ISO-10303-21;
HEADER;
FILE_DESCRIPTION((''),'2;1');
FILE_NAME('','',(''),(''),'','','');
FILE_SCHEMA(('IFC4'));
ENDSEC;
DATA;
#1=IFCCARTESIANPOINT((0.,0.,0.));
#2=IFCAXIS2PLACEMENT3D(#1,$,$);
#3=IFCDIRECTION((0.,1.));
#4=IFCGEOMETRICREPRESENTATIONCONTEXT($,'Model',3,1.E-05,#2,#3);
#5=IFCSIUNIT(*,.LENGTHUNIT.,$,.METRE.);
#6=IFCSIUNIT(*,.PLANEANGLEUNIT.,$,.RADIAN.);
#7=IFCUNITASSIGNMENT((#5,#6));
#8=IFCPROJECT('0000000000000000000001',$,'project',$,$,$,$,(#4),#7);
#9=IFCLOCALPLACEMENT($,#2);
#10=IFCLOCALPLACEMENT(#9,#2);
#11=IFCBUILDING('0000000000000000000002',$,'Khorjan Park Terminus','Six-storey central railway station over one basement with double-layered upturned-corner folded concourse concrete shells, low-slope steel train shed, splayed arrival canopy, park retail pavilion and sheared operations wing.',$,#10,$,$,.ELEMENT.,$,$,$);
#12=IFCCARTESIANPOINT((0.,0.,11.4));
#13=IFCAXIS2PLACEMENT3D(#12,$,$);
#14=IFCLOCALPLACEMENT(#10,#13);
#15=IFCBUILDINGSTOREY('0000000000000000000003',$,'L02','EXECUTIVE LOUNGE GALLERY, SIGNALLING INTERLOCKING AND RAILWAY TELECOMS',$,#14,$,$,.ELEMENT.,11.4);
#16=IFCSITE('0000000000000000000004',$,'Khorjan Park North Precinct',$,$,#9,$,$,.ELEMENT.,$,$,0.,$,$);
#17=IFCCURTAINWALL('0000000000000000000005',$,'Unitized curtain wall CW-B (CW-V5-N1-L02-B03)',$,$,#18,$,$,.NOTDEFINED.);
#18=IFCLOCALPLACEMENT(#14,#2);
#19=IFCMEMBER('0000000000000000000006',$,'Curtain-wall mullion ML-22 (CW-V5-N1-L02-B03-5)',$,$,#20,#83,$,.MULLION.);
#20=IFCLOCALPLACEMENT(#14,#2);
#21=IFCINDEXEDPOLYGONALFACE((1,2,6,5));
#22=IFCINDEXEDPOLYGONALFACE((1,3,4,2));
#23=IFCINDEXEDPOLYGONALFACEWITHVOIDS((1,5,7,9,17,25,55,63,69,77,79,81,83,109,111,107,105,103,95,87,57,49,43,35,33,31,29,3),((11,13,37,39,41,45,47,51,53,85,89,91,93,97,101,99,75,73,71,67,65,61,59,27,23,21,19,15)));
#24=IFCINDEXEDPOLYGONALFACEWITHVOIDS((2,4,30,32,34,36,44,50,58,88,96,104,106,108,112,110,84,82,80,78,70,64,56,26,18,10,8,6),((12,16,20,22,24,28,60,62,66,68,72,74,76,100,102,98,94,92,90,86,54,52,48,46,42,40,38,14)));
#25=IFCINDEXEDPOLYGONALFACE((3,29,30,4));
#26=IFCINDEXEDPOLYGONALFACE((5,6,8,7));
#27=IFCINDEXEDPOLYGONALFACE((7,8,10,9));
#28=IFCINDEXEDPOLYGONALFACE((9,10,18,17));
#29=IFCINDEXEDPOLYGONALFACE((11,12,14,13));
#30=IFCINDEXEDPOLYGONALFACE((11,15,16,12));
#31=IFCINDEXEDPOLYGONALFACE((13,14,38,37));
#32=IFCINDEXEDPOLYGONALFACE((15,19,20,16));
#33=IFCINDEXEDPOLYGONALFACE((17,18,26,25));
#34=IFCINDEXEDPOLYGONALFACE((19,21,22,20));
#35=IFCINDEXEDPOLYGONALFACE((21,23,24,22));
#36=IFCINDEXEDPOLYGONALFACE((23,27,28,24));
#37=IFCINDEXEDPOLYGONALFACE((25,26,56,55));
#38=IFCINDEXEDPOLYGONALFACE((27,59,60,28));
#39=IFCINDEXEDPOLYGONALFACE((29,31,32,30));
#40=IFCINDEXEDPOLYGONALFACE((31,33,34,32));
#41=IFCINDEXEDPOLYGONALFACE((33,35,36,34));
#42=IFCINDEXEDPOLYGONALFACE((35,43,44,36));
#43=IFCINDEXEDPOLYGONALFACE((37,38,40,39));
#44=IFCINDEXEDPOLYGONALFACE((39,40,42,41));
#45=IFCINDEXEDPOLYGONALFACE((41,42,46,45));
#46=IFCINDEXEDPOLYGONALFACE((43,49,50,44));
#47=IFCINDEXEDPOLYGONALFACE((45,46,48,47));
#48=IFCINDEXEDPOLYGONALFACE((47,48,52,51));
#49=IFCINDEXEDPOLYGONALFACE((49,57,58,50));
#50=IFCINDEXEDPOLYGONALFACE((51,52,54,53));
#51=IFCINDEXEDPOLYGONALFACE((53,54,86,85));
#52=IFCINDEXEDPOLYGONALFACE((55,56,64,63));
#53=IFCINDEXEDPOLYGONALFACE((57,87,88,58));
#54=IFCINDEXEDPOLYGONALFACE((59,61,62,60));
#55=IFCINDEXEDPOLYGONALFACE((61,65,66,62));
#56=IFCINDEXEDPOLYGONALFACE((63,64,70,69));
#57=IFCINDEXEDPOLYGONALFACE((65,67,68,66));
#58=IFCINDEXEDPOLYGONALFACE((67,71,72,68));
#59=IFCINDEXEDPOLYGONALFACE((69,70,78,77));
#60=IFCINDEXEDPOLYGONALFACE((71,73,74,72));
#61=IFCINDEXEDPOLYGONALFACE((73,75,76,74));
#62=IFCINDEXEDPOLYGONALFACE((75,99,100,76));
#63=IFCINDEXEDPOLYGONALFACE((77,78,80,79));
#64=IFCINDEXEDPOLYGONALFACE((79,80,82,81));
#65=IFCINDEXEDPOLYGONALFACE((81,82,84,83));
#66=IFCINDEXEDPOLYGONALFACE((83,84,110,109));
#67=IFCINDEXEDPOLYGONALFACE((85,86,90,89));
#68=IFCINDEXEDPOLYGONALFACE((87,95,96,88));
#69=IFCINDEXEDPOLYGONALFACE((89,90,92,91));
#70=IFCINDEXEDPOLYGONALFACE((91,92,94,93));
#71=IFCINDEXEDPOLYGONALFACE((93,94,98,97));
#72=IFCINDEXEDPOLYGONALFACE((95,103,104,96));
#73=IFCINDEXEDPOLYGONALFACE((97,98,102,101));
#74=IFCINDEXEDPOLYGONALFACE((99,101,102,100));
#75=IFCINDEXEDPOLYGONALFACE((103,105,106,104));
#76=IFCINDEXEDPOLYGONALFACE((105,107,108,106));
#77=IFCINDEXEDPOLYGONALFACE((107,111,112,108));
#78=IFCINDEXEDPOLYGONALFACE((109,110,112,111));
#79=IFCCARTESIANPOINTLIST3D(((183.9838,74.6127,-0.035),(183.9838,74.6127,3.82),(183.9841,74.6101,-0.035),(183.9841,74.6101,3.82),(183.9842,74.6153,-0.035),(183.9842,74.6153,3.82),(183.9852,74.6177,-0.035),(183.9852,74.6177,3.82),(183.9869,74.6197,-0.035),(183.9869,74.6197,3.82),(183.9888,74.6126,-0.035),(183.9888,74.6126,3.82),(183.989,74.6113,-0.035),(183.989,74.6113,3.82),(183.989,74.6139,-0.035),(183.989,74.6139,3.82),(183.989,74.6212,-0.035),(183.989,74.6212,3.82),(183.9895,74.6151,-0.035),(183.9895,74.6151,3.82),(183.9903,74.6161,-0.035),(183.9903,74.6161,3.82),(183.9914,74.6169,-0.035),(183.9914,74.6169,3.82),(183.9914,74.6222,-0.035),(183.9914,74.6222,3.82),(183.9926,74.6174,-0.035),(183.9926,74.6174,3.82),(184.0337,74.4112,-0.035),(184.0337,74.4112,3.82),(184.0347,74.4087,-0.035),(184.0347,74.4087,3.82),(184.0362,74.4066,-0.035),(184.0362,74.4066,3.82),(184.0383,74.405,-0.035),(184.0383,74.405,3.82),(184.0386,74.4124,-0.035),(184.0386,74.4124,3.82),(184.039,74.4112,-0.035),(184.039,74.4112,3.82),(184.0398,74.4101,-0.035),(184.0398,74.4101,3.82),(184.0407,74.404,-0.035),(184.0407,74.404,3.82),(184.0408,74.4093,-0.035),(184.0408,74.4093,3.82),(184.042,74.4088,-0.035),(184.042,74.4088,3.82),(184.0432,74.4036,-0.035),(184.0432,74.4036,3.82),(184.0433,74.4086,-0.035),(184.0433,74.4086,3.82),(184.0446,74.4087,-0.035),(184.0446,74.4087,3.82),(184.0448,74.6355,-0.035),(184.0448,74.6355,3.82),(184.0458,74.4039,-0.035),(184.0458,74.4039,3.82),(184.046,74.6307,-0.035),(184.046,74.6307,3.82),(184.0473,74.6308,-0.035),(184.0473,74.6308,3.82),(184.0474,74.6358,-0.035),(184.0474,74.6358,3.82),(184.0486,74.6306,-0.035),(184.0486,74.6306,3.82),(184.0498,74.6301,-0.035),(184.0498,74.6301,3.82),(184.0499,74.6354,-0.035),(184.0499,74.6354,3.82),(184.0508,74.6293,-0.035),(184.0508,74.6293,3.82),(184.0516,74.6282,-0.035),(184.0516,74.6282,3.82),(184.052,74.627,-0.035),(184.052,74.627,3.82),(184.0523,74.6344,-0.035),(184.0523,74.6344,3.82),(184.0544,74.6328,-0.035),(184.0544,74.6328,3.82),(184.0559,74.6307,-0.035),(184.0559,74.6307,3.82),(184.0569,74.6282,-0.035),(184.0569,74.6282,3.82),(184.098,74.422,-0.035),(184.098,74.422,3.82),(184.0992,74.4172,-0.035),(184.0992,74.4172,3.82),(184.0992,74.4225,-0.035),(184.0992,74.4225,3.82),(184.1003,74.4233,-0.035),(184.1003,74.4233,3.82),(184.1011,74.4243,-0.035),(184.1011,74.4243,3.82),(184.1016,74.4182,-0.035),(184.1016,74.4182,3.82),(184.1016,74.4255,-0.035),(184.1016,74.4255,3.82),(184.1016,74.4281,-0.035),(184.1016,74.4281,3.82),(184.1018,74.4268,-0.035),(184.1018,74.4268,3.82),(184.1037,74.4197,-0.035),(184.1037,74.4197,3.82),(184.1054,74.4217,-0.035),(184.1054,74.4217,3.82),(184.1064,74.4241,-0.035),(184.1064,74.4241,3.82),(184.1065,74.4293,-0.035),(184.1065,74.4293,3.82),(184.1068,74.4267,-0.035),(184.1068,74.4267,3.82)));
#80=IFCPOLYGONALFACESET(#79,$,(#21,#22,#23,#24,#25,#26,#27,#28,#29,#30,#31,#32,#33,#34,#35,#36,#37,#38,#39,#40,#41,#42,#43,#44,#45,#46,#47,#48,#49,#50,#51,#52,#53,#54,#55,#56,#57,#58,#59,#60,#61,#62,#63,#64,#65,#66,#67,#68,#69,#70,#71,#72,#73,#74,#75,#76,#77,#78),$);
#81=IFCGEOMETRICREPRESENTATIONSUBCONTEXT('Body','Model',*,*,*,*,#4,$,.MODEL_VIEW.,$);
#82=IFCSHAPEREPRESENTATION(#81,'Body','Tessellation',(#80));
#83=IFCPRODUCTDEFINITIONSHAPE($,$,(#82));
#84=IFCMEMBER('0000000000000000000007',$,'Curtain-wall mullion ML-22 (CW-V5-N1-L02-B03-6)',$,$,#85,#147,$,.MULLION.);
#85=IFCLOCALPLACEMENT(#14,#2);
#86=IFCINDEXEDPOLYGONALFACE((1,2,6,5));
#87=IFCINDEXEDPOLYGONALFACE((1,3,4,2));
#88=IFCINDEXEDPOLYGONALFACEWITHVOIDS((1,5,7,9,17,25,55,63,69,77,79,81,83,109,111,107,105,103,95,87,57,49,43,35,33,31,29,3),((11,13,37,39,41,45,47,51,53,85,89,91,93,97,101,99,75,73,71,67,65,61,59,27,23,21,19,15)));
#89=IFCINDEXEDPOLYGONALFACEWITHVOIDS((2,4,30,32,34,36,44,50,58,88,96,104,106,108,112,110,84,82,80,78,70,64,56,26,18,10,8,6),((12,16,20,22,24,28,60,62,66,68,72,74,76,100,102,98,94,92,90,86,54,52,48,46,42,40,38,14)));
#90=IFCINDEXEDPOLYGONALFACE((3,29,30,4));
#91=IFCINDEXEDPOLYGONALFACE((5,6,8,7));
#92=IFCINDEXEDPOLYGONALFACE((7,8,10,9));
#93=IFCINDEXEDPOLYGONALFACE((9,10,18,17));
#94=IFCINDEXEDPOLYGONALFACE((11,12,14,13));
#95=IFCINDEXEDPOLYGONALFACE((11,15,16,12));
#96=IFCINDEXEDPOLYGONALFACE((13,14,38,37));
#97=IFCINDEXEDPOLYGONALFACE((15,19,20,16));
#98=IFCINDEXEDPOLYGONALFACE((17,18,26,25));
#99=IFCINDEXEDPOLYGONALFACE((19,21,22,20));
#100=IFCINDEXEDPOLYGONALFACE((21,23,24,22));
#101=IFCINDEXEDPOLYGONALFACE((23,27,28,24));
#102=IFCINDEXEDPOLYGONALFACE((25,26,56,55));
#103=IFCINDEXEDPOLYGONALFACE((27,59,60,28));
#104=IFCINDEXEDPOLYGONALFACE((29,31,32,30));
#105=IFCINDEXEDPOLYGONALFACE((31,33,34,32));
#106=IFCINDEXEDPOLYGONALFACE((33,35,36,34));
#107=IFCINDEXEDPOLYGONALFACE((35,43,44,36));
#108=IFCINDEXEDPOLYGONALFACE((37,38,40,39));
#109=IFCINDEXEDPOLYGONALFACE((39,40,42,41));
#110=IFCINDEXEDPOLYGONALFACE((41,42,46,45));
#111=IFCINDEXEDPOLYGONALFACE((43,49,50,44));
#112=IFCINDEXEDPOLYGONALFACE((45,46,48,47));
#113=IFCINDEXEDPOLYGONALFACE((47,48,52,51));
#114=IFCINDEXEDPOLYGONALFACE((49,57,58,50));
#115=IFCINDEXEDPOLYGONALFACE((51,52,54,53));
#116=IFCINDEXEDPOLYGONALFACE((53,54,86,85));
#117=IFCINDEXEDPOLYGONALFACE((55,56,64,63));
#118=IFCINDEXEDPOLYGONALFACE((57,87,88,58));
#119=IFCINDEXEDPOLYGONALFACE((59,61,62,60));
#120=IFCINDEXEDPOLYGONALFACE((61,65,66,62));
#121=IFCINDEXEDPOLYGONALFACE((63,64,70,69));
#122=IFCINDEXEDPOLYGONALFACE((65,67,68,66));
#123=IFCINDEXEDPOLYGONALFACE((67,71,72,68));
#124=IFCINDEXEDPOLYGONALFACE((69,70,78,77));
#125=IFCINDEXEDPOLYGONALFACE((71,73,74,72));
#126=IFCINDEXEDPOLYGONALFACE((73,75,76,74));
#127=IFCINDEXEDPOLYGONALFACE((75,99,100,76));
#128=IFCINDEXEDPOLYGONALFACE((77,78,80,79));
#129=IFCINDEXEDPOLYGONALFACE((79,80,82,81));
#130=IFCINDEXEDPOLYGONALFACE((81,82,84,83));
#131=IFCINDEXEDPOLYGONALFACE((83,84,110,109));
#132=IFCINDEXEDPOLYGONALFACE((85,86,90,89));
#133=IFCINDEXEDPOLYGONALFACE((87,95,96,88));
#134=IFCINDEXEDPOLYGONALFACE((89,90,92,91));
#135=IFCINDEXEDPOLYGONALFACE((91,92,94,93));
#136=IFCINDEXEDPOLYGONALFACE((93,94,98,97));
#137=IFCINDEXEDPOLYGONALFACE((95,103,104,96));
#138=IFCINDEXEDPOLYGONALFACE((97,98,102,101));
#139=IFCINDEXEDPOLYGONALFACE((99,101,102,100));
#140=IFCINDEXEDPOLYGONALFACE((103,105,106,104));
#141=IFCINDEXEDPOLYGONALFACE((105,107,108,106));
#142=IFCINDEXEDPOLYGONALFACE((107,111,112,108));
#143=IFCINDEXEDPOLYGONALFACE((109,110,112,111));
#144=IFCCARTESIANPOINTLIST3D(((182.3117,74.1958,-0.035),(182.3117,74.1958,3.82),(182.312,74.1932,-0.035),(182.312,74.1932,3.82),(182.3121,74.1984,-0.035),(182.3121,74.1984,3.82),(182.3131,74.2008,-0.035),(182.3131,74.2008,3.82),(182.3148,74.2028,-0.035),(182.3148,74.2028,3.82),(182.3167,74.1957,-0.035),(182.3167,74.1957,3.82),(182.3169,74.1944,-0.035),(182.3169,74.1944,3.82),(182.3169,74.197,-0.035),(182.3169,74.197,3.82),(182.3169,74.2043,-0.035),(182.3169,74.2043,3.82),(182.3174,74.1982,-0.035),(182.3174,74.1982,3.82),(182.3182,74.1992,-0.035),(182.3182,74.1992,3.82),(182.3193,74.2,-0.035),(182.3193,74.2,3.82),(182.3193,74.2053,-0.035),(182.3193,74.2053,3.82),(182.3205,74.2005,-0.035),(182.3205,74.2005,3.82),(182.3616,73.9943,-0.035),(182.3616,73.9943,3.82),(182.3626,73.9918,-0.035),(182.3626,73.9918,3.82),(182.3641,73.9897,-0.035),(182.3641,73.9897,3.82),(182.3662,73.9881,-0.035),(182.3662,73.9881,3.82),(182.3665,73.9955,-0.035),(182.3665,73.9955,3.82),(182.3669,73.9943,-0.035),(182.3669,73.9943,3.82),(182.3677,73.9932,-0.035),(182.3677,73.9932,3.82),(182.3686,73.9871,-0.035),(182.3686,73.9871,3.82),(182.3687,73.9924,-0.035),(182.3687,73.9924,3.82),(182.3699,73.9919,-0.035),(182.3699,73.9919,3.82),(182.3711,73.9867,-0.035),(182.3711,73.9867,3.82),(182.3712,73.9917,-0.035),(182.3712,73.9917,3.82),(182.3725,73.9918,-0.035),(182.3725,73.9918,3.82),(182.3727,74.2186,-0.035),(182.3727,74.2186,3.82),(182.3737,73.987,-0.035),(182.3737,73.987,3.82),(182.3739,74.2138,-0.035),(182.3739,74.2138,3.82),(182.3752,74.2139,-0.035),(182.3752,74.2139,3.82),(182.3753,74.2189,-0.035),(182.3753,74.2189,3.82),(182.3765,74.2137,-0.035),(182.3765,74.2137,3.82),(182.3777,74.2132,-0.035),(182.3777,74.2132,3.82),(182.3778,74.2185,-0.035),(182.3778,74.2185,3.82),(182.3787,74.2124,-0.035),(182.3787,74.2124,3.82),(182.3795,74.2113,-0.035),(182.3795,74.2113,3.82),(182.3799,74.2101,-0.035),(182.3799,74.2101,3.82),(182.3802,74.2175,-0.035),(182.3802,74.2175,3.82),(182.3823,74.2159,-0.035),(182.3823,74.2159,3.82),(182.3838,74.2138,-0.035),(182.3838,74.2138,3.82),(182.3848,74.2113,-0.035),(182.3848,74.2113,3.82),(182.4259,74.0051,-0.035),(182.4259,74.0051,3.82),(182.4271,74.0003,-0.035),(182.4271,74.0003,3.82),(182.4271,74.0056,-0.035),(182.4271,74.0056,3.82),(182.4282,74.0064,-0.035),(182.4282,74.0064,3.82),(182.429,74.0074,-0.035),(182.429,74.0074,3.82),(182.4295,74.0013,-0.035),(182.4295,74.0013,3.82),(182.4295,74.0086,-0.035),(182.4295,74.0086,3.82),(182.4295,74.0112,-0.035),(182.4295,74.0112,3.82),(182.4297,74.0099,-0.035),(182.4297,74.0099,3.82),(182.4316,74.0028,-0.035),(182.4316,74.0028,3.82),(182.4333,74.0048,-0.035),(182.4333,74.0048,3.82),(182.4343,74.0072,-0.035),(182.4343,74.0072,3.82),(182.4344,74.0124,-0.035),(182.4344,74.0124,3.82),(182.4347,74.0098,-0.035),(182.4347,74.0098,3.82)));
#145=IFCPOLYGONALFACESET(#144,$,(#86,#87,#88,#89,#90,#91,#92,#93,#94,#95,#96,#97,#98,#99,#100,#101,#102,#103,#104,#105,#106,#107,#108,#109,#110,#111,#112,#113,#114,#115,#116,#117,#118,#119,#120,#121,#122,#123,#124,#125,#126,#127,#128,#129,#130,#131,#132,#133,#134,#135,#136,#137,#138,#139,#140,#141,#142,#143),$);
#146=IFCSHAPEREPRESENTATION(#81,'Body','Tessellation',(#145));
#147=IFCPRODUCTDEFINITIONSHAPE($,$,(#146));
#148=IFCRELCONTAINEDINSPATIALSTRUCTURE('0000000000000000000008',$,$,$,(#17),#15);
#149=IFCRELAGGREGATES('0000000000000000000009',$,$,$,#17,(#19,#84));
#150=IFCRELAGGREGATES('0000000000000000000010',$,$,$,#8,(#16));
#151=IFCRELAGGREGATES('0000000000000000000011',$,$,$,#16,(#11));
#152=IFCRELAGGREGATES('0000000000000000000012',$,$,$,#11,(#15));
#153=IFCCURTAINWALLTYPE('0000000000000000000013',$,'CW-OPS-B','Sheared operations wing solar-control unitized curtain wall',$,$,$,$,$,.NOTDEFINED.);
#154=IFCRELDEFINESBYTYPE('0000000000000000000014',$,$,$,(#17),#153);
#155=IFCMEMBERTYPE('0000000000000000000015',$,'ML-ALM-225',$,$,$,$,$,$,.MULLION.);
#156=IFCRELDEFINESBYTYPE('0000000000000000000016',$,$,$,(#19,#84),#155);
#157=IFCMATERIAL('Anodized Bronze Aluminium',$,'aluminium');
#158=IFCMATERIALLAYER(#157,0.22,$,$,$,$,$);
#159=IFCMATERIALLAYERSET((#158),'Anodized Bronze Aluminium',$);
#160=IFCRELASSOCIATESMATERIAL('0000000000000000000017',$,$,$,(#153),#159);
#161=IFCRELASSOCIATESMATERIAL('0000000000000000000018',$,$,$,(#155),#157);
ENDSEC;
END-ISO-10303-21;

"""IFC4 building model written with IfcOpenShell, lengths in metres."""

from ifc_helpers import new_model, si_unit, direction, frame, origin, origin_2d, place, context, subcontext, project, spatial, hollow_rectangle, extrude, material, layer, layer_set, material_profile, profile_set, type_object, element, aggregate, save


model = new_model("IFC4")

# Units and contexts
model_context = context("Model", 3, precision=1e-05, world=origin(), true_north=direction((0.0, 1.0)))
body_context = subcontext(model_context, "Body", "Model", "MODEL_VIEW")
ifc_project = project(units=[si_unit("LENGTHUNIT", "METRE"), si_unit("PLANEANGLEUNIT", "RADIAN")], contexts=[model_context])

# Site, building, storey
site_placement = place(None, origin())
site = spatial("IfcSite", under=ifc_project, at=site_placement, Name="Khorjan Park North Precinct", CompositionType="ELEMENT", RefElevation=0.0)
building_placement = place(site_placement, origin())
building = spatial("IfcBuilding", under=site, at=building_placement, Name="Khorjan Park Terminus", Description="Six-storey central railway station over one basement with double-layered upturned-corner folded concourse concrete shells, low-slope steel train shed, splayed arrival canopy, park retail pavilion and sheared operations wing.", CompositionType="ELEMENT")
storey_placement = place(building_placement, frame((0.0, 0.0, 11.4)))
storey = spatial("IfcBuildingStorey", under=building, at=storey_placement, Name="L02", Description="EXECUTIVE LOUNGE GALLERY, SIGNALLING INTERLOCKING AND RAILWAY TELECOMS", CompositionType="ELEMENT", Elevation=11.4)

# Curtain wall, members
ifc_material_1 = material(Name="Anodized Bronze Aluminium", Category="aluminium")
ifc_layer_1 = layer(ifc_material_1, 0.22)
ifc_layer_set_1 = layer_set([ifc_layer_1], Name="Anodized Bronze Aluminium")
curtain_wall_type = type_object("IfcCurtainWallType", Name="CW-OPS-B", Description="Sheared operations wing solar-control unitized curtain wall", PredefinedType="NOTDEFINED", material=ifc_layer_set_1)
curtain_wall_placement = place(storey_placement, origin())
curtain_wall = element("IfcCurtainWall", 1, at=curtain_wall_placement, inside=storey, type_object=curtain_wall_type, Name="Unitized curtain wall CW-B (CW-V5-N1-L02-B03)", PredefinedType="NOTDEFINED")
ifc_material_profile_1 = material_profile(ifc_material_1, hollow_rectangle(XDim=0.075, YDim=0.225, WallThickness=0.005, InnerFilletRadius=0.005, OuterFilletRadius=0.01, at=origin_2d()), Name="ALM 75x225x5")
ifc_profile_set_1 = profile_set([ifc_material_profile_1], Name="Anodized Bronze Aluminium")
member_type_1 = type_object("IfcMemberType", Name="ML-ALM-225", PredefinedType="MULLION", material=ifc_profile_set_1)
member_1_placement = place(storey_placement, frame((184.0453, 74.5197, -0.035), z_axis=(0.0, 0.0, 1.0), x_axis=(-0.970296, -0.241921, 0.0)))
member_1 = element("IfcMember", 2, at=member_1_placement, type_object=member_type_1, Name="Curtain-wall mullion ML-22 (CW-V5-N1-L02-B03-5)", PredefinedType="MULLION", context=body_context, shape_type="SweptSolid", body=[
    extrude(hollow_rectangle(XDim=0.075, YDim=0.225, WallThickness=0.005, InnerFilletRadius=0.005, OuterFilletRadius=0.01, at=origin_2d()), origin(), (0.0, 0.0, 1.0), 3.855),
])
member_2_placement = place(storey_placement, frame((182.3732, 74.1028, -0.035), z_axis=(0.0, 0.0, 1.0), x_axis=(-0.970296, -0.241921, 0.0)))
member_2 = element("IfcMember", 3, at=member_2_placement, type_object=member_type_1, Name="Curtain-wall mullion ML-22 (CW-V5-N1-L02-B03-6)", PredefinedType="MULLION", context=body_context, shape_type="SweptSolid", body=[
    extrude(hollow_rectangle(XDim=0.075, YDim=0.225, WallThickness=0.005, InnerFilletRadius=0.005, OuterFilletRadius=0.01, at=origin_2d()), origin(), (0.0, 0.0, 1.0), 3.855),
])

aggregate(curtain_wall, [member_1, member_2])

save(model, "model.ifc")
